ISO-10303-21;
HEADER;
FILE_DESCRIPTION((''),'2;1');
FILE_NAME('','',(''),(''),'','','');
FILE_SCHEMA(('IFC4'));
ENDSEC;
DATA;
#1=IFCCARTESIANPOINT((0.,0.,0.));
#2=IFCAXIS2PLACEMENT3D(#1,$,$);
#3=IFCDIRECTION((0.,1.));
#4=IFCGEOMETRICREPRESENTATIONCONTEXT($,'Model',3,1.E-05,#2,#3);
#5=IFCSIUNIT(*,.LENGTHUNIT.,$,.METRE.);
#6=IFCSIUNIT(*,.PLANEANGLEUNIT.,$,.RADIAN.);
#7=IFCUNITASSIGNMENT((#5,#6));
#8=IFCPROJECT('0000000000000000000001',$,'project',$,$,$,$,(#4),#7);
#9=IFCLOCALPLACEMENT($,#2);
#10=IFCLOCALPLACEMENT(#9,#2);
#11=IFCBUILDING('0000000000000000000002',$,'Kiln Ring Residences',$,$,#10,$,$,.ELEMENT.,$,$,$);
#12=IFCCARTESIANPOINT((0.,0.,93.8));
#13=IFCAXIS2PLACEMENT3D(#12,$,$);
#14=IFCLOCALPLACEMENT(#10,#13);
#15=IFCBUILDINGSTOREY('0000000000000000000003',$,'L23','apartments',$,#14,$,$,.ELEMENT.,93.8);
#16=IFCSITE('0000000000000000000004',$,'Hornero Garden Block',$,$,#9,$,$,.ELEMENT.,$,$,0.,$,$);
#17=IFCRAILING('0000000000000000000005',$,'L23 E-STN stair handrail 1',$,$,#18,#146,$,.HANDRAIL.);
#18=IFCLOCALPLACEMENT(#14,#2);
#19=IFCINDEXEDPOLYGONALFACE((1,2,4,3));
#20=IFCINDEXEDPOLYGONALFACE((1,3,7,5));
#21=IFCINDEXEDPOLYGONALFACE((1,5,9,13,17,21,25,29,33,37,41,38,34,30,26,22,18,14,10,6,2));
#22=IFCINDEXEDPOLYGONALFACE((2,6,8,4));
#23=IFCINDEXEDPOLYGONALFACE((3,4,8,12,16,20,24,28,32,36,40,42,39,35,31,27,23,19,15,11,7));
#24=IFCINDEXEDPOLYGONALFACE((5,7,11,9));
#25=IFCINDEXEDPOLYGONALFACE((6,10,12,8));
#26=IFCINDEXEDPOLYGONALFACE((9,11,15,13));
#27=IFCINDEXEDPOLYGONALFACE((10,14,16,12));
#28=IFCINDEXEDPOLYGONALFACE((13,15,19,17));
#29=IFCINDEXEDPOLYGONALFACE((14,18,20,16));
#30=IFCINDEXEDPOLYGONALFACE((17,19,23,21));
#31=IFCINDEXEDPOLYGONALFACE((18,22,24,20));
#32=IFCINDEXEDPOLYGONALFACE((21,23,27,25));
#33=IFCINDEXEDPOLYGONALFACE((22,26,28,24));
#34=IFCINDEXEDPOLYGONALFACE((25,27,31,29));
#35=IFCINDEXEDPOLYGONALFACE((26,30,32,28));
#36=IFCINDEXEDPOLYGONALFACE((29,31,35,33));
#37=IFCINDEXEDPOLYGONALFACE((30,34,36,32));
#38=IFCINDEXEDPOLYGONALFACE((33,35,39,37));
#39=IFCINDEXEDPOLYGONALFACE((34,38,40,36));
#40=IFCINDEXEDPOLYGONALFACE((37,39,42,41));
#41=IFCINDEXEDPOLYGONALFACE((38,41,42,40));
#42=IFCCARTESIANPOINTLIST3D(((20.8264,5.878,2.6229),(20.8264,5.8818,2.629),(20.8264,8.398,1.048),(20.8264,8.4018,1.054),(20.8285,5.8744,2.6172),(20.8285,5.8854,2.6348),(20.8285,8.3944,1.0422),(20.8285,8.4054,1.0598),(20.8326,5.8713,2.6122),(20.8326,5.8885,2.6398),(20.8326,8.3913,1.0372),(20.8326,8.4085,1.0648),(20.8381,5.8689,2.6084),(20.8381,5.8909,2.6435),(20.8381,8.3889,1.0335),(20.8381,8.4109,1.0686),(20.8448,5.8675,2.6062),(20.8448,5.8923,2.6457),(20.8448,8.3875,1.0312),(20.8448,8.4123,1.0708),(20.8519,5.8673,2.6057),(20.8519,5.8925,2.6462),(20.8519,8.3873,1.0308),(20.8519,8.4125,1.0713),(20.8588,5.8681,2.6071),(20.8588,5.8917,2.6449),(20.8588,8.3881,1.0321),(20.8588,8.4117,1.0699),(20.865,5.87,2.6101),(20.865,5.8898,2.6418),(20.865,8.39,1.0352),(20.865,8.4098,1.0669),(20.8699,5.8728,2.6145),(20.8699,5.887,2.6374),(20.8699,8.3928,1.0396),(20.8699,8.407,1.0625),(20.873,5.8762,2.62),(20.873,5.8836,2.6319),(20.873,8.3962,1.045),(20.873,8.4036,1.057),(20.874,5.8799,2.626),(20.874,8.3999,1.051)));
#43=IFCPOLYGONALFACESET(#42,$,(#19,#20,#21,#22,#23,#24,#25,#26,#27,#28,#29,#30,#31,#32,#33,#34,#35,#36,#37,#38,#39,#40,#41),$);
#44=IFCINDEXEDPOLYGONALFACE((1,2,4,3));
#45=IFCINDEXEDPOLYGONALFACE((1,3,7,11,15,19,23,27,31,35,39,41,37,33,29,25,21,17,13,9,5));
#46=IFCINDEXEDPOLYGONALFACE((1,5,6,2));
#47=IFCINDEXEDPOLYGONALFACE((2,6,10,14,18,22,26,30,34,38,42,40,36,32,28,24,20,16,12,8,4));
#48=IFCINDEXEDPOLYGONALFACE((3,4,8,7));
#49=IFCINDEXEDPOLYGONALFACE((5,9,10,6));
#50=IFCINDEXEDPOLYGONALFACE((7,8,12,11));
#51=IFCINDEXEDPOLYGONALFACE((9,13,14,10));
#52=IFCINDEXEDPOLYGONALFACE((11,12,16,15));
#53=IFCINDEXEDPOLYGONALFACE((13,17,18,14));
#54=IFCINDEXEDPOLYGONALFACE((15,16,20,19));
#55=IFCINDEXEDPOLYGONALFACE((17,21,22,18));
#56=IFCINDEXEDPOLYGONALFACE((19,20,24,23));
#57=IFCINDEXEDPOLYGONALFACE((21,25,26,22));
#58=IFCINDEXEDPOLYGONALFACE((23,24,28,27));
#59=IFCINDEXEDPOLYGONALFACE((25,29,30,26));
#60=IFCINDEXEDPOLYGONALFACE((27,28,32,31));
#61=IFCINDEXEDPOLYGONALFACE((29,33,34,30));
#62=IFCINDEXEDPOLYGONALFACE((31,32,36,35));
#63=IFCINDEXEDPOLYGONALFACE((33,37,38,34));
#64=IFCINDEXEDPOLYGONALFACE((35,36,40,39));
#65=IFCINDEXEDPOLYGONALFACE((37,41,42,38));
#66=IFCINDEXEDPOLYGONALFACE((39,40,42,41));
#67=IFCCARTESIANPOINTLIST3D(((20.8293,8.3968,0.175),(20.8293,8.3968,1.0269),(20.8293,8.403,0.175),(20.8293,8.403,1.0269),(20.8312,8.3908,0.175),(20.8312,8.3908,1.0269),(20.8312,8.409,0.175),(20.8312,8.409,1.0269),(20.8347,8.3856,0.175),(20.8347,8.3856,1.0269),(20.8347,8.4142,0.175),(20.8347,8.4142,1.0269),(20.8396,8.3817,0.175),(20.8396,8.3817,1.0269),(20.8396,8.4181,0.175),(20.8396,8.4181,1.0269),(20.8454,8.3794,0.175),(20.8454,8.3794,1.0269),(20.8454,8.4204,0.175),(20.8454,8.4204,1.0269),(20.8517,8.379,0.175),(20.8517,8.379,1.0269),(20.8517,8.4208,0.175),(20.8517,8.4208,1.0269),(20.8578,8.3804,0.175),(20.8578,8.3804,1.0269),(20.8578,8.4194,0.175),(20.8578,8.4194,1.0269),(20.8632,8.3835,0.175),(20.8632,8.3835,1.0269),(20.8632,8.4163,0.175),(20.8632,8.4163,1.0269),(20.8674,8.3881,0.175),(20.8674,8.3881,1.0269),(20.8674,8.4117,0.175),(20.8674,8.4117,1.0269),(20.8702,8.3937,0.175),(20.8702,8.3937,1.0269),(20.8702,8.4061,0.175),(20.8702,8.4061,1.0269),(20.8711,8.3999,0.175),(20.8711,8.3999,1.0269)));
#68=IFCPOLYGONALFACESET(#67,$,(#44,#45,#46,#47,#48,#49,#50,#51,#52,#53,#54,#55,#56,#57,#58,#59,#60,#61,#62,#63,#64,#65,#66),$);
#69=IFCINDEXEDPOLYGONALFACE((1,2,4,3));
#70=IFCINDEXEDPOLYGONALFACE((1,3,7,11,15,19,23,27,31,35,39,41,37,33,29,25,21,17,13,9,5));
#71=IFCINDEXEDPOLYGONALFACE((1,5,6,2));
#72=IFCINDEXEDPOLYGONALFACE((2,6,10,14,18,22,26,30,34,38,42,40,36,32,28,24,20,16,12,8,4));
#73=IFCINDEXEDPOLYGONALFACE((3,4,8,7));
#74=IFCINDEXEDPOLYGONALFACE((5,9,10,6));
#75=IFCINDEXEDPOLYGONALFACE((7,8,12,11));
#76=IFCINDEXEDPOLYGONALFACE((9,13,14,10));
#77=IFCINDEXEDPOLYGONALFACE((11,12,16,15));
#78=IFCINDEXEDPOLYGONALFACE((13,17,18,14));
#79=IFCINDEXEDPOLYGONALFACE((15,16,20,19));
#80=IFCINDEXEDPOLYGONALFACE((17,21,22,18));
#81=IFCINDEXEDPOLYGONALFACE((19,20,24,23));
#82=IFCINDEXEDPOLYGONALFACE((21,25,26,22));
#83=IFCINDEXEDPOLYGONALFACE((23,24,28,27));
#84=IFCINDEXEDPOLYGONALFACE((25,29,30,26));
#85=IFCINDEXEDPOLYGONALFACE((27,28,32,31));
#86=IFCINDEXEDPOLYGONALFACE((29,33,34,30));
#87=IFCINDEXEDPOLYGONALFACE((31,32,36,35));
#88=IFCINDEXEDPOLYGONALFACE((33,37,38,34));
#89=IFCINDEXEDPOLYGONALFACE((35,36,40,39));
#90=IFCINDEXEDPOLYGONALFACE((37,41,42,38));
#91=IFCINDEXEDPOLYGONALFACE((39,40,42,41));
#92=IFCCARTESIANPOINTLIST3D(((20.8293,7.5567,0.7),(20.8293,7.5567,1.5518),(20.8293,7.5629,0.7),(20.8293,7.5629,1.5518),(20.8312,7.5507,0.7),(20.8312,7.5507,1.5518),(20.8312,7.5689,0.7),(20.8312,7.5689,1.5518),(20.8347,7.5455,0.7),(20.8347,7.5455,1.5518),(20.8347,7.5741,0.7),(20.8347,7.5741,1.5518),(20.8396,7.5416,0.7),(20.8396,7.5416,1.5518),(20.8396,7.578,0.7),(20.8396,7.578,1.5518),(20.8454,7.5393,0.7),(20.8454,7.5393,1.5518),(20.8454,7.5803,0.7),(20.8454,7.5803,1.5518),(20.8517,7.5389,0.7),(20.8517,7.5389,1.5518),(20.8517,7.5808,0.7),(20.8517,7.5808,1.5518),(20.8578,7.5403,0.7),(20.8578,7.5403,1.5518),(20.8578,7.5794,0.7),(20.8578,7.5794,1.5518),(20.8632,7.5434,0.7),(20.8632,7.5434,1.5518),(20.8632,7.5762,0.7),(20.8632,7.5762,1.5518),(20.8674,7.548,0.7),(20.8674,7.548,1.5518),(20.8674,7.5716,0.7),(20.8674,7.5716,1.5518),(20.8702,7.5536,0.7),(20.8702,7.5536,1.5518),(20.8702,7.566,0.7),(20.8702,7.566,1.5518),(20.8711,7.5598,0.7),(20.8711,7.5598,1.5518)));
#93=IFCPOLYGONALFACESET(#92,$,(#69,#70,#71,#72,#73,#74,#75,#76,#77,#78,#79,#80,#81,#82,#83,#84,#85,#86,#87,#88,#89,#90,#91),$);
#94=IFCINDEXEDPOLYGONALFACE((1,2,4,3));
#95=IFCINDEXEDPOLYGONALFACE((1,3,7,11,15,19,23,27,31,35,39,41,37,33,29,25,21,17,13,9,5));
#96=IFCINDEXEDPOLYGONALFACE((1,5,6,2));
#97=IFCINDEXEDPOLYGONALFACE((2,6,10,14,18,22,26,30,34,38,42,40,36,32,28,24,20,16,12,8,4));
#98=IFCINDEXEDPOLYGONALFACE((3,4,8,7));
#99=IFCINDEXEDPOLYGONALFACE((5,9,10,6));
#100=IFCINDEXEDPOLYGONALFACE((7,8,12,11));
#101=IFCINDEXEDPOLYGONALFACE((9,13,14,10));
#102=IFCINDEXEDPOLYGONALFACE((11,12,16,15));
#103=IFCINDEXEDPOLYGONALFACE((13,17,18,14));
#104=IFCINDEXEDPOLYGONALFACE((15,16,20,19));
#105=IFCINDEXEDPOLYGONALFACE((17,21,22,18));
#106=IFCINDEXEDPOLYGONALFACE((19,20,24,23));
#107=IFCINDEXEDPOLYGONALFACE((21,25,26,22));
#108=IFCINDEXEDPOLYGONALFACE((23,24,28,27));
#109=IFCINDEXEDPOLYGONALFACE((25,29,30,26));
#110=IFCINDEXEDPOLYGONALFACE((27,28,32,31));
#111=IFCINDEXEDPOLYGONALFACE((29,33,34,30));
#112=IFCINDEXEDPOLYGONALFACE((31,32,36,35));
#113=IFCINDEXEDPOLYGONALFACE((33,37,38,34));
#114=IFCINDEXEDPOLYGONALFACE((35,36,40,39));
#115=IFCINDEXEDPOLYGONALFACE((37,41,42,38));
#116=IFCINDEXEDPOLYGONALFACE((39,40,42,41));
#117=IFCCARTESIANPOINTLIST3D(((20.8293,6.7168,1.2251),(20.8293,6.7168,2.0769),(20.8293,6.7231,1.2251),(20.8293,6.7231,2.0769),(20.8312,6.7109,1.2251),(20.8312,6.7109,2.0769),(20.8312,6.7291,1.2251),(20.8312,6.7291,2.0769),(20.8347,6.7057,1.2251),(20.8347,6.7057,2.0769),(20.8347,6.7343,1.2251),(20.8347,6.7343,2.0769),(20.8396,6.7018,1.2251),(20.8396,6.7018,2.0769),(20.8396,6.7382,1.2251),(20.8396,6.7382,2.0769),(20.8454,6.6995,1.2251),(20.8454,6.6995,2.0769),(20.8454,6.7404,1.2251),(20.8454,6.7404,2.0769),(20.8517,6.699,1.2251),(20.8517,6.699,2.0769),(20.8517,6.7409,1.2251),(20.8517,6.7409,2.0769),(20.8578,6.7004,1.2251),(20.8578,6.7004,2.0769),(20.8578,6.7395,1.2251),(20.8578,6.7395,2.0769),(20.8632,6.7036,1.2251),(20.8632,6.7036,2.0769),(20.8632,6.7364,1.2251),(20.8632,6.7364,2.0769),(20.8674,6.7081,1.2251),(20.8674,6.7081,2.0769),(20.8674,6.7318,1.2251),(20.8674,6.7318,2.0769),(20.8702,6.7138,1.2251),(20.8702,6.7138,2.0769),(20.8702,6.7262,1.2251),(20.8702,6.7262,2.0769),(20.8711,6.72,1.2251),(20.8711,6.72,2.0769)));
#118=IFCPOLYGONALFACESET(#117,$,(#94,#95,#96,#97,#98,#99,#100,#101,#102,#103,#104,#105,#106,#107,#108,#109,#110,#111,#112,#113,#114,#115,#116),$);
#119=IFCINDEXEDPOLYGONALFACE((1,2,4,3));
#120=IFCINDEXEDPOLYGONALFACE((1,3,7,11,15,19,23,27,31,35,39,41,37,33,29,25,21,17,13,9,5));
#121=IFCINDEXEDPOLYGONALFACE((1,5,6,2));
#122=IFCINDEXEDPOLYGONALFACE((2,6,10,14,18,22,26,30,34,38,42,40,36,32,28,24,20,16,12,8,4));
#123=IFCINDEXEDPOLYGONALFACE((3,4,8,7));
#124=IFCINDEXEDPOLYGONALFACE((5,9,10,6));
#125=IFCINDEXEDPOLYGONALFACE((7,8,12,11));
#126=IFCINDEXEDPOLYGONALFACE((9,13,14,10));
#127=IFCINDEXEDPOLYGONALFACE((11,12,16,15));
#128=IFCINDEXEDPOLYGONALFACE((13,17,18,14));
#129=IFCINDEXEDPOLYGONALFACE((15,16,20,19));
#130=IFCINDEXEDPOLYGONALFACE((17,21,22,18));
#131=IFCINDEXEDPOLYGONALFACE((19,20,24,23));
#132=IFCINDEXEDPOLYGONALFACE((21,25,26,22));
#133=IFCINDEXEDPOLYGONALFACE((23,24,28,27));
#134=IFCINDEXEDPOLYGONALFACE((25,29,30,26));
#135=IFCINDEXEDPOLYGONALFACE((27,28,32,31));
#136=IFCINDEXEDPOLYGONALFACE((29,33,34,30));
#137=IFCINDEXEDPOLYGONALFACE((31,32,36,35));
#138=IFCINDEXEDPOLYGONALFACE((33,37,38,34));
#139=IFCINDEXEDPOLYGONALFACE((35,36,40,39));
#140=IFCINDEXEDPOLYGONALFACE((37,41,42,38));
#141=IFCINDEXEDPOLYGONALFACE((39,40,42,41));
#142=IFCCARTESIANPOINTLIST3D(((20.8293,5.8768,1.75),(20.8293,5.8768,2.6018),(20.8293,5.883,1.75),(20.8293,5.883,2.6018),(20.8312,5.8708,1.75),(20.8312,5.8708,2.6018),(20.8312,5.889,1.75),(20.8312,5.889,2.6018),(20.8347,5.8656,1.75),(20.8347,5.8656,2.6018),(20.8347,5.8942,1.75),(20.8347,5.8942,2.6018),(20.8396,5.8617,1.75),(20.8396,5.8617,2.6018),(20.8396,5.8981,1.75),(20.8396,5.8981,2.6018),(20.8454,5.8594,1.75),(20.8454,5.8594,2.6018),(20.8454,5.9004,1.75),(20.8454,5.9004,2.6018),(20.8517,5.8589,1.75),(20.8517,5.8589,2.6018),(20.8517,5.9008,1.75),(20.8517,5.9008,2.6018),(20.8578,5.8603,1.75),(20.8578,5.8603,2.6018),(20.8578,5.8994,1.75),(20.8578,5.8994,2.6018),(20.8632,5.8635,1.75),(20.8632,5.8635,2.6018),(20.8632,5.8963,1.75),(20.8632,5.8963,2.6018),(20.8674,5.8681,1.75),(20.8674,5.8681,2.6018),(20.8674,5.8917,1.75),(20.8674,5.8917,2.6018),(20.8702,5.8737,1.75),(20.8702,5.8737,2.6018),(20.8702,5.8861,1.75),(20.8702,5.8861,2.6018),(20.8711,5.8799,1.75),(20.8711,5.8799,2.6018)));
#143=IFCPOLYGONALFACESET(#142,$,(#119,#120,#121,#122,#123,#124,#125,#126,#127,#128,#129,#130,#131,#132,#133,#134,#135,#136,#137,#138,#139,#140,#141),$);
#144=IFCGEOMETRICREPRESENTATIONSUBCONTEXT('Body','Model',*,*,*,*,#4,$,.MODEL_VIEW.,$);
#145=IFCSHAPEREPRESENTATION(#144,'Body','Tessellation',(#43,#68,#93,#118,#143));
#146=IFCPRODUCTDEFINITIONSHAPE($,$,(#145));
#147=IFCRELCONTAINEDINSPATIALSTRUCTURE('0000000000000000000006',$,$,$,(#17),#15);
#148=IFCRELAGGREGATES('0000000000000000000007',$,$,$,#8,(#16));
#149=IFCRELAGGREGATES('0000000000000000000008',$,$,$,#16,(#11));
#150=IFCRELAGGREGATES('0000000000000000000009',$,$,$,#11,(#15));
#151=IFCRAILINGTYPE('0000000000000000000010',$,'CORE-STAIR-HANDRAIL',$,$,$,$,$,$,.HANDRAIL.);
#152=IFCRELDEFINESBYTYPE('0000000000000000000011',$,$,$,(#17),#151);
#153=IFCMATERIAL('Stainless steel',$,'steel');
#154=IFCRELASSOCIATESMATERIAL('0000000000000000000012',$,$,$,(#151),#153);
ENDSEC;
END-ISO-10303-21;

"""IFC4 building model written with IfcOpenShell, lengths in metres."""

from ifc_helpers import new_model, si_unit, direction, frame, origin, origin_2d, place, context, subcontext, project, spatial, circle, extrude, material, type_object, element, save


model = new_model("IFC4")

# Units and contexts
model_context = context("Model", 3, precision=1e-05, world=origin(), true_north=direction((0.0, 1.0)))
body_context = subcontext(model_context, "Body", "Model", "MODEL_VIEW")
ifc_project = project(units=[si_unit("LENGTHUNIT", "METRE"), si_unit("PLANEANGLEUNIT", "RADIAN")], contexts=[model_context])

# Site, building, storey
site_placement = place(None, origin())
site = spatial("IfcSite", under=ifc_project, at=site_placement, Name="Hornero Garden Block", CompositionType="ELEMENT", RefElevation=0.0)
building_placement = place(site_placement, origin())
building = spatial("IfcBuilding", under=site, at=building_placement, Name="Kiln Ring Residences", CompositionType="ELEMENT")
storey_placement = place(building_placement, frame((0.0, 0.0, 93.8)))
storey = spatial("IfcBuildingStorey", under=building, at=storey_placement, Name="L23", Description="apartments", CompositionType="ELEMENT", Elevation=93.8)

# Railing
ifc_material_1 = material(Name="Stainless steel", Category="steel")
railing_type_1 = type_object("IfcRailingType", Name="CORE-STAIR-HANDRAIL", PredefinedType="HANDRAIL", material=ifc_material_1)
railing_1_placement = place(storey_placement, frame((20.8501, 8.3999, 0.175)))
element("IfcRailing", 1, at=railing_1_placement, inside=storey, type_object=railing_type_1, Name="L23 E-STN stair handrail 1", PredefinedType="HANDRAIL", context=body_context, shape_type="SweptSolid", body=[
    extrude(circle(Radius=0.0239, at=origin_2d()), frame((0.0, 0.0, 0.876), z_axis=(0.0, -0.848008, 0.529984), x_axis=(1.0, 0.0, 0.0)), (0.0, 0.0, 1.0), 2.9717),
    extrude(circle(Radius=0.021, at=origin_2d()), origin(), (0.0, 0.0, 1.0), 0.8518),
    extrude(circle(Radius=0.021, at=origin_2d()), frame((0.0, -0.8401, 0.5249)), (0.0, 0.0, 1.0), 0.8518),
    extrude(circle(Radius=0.021, at=origin_2d()), frame((0.0, -1.6799, 1.05)), (0.0, 0.0, 1.0), 0.8518),
    extrude(circle(Radius=0.021, at=origin_2d()), frame((0.0, -2.52, 1.575)), (0.0, 0.0, 1.0), 0.8518),
])

save(model, "model.ifc")
